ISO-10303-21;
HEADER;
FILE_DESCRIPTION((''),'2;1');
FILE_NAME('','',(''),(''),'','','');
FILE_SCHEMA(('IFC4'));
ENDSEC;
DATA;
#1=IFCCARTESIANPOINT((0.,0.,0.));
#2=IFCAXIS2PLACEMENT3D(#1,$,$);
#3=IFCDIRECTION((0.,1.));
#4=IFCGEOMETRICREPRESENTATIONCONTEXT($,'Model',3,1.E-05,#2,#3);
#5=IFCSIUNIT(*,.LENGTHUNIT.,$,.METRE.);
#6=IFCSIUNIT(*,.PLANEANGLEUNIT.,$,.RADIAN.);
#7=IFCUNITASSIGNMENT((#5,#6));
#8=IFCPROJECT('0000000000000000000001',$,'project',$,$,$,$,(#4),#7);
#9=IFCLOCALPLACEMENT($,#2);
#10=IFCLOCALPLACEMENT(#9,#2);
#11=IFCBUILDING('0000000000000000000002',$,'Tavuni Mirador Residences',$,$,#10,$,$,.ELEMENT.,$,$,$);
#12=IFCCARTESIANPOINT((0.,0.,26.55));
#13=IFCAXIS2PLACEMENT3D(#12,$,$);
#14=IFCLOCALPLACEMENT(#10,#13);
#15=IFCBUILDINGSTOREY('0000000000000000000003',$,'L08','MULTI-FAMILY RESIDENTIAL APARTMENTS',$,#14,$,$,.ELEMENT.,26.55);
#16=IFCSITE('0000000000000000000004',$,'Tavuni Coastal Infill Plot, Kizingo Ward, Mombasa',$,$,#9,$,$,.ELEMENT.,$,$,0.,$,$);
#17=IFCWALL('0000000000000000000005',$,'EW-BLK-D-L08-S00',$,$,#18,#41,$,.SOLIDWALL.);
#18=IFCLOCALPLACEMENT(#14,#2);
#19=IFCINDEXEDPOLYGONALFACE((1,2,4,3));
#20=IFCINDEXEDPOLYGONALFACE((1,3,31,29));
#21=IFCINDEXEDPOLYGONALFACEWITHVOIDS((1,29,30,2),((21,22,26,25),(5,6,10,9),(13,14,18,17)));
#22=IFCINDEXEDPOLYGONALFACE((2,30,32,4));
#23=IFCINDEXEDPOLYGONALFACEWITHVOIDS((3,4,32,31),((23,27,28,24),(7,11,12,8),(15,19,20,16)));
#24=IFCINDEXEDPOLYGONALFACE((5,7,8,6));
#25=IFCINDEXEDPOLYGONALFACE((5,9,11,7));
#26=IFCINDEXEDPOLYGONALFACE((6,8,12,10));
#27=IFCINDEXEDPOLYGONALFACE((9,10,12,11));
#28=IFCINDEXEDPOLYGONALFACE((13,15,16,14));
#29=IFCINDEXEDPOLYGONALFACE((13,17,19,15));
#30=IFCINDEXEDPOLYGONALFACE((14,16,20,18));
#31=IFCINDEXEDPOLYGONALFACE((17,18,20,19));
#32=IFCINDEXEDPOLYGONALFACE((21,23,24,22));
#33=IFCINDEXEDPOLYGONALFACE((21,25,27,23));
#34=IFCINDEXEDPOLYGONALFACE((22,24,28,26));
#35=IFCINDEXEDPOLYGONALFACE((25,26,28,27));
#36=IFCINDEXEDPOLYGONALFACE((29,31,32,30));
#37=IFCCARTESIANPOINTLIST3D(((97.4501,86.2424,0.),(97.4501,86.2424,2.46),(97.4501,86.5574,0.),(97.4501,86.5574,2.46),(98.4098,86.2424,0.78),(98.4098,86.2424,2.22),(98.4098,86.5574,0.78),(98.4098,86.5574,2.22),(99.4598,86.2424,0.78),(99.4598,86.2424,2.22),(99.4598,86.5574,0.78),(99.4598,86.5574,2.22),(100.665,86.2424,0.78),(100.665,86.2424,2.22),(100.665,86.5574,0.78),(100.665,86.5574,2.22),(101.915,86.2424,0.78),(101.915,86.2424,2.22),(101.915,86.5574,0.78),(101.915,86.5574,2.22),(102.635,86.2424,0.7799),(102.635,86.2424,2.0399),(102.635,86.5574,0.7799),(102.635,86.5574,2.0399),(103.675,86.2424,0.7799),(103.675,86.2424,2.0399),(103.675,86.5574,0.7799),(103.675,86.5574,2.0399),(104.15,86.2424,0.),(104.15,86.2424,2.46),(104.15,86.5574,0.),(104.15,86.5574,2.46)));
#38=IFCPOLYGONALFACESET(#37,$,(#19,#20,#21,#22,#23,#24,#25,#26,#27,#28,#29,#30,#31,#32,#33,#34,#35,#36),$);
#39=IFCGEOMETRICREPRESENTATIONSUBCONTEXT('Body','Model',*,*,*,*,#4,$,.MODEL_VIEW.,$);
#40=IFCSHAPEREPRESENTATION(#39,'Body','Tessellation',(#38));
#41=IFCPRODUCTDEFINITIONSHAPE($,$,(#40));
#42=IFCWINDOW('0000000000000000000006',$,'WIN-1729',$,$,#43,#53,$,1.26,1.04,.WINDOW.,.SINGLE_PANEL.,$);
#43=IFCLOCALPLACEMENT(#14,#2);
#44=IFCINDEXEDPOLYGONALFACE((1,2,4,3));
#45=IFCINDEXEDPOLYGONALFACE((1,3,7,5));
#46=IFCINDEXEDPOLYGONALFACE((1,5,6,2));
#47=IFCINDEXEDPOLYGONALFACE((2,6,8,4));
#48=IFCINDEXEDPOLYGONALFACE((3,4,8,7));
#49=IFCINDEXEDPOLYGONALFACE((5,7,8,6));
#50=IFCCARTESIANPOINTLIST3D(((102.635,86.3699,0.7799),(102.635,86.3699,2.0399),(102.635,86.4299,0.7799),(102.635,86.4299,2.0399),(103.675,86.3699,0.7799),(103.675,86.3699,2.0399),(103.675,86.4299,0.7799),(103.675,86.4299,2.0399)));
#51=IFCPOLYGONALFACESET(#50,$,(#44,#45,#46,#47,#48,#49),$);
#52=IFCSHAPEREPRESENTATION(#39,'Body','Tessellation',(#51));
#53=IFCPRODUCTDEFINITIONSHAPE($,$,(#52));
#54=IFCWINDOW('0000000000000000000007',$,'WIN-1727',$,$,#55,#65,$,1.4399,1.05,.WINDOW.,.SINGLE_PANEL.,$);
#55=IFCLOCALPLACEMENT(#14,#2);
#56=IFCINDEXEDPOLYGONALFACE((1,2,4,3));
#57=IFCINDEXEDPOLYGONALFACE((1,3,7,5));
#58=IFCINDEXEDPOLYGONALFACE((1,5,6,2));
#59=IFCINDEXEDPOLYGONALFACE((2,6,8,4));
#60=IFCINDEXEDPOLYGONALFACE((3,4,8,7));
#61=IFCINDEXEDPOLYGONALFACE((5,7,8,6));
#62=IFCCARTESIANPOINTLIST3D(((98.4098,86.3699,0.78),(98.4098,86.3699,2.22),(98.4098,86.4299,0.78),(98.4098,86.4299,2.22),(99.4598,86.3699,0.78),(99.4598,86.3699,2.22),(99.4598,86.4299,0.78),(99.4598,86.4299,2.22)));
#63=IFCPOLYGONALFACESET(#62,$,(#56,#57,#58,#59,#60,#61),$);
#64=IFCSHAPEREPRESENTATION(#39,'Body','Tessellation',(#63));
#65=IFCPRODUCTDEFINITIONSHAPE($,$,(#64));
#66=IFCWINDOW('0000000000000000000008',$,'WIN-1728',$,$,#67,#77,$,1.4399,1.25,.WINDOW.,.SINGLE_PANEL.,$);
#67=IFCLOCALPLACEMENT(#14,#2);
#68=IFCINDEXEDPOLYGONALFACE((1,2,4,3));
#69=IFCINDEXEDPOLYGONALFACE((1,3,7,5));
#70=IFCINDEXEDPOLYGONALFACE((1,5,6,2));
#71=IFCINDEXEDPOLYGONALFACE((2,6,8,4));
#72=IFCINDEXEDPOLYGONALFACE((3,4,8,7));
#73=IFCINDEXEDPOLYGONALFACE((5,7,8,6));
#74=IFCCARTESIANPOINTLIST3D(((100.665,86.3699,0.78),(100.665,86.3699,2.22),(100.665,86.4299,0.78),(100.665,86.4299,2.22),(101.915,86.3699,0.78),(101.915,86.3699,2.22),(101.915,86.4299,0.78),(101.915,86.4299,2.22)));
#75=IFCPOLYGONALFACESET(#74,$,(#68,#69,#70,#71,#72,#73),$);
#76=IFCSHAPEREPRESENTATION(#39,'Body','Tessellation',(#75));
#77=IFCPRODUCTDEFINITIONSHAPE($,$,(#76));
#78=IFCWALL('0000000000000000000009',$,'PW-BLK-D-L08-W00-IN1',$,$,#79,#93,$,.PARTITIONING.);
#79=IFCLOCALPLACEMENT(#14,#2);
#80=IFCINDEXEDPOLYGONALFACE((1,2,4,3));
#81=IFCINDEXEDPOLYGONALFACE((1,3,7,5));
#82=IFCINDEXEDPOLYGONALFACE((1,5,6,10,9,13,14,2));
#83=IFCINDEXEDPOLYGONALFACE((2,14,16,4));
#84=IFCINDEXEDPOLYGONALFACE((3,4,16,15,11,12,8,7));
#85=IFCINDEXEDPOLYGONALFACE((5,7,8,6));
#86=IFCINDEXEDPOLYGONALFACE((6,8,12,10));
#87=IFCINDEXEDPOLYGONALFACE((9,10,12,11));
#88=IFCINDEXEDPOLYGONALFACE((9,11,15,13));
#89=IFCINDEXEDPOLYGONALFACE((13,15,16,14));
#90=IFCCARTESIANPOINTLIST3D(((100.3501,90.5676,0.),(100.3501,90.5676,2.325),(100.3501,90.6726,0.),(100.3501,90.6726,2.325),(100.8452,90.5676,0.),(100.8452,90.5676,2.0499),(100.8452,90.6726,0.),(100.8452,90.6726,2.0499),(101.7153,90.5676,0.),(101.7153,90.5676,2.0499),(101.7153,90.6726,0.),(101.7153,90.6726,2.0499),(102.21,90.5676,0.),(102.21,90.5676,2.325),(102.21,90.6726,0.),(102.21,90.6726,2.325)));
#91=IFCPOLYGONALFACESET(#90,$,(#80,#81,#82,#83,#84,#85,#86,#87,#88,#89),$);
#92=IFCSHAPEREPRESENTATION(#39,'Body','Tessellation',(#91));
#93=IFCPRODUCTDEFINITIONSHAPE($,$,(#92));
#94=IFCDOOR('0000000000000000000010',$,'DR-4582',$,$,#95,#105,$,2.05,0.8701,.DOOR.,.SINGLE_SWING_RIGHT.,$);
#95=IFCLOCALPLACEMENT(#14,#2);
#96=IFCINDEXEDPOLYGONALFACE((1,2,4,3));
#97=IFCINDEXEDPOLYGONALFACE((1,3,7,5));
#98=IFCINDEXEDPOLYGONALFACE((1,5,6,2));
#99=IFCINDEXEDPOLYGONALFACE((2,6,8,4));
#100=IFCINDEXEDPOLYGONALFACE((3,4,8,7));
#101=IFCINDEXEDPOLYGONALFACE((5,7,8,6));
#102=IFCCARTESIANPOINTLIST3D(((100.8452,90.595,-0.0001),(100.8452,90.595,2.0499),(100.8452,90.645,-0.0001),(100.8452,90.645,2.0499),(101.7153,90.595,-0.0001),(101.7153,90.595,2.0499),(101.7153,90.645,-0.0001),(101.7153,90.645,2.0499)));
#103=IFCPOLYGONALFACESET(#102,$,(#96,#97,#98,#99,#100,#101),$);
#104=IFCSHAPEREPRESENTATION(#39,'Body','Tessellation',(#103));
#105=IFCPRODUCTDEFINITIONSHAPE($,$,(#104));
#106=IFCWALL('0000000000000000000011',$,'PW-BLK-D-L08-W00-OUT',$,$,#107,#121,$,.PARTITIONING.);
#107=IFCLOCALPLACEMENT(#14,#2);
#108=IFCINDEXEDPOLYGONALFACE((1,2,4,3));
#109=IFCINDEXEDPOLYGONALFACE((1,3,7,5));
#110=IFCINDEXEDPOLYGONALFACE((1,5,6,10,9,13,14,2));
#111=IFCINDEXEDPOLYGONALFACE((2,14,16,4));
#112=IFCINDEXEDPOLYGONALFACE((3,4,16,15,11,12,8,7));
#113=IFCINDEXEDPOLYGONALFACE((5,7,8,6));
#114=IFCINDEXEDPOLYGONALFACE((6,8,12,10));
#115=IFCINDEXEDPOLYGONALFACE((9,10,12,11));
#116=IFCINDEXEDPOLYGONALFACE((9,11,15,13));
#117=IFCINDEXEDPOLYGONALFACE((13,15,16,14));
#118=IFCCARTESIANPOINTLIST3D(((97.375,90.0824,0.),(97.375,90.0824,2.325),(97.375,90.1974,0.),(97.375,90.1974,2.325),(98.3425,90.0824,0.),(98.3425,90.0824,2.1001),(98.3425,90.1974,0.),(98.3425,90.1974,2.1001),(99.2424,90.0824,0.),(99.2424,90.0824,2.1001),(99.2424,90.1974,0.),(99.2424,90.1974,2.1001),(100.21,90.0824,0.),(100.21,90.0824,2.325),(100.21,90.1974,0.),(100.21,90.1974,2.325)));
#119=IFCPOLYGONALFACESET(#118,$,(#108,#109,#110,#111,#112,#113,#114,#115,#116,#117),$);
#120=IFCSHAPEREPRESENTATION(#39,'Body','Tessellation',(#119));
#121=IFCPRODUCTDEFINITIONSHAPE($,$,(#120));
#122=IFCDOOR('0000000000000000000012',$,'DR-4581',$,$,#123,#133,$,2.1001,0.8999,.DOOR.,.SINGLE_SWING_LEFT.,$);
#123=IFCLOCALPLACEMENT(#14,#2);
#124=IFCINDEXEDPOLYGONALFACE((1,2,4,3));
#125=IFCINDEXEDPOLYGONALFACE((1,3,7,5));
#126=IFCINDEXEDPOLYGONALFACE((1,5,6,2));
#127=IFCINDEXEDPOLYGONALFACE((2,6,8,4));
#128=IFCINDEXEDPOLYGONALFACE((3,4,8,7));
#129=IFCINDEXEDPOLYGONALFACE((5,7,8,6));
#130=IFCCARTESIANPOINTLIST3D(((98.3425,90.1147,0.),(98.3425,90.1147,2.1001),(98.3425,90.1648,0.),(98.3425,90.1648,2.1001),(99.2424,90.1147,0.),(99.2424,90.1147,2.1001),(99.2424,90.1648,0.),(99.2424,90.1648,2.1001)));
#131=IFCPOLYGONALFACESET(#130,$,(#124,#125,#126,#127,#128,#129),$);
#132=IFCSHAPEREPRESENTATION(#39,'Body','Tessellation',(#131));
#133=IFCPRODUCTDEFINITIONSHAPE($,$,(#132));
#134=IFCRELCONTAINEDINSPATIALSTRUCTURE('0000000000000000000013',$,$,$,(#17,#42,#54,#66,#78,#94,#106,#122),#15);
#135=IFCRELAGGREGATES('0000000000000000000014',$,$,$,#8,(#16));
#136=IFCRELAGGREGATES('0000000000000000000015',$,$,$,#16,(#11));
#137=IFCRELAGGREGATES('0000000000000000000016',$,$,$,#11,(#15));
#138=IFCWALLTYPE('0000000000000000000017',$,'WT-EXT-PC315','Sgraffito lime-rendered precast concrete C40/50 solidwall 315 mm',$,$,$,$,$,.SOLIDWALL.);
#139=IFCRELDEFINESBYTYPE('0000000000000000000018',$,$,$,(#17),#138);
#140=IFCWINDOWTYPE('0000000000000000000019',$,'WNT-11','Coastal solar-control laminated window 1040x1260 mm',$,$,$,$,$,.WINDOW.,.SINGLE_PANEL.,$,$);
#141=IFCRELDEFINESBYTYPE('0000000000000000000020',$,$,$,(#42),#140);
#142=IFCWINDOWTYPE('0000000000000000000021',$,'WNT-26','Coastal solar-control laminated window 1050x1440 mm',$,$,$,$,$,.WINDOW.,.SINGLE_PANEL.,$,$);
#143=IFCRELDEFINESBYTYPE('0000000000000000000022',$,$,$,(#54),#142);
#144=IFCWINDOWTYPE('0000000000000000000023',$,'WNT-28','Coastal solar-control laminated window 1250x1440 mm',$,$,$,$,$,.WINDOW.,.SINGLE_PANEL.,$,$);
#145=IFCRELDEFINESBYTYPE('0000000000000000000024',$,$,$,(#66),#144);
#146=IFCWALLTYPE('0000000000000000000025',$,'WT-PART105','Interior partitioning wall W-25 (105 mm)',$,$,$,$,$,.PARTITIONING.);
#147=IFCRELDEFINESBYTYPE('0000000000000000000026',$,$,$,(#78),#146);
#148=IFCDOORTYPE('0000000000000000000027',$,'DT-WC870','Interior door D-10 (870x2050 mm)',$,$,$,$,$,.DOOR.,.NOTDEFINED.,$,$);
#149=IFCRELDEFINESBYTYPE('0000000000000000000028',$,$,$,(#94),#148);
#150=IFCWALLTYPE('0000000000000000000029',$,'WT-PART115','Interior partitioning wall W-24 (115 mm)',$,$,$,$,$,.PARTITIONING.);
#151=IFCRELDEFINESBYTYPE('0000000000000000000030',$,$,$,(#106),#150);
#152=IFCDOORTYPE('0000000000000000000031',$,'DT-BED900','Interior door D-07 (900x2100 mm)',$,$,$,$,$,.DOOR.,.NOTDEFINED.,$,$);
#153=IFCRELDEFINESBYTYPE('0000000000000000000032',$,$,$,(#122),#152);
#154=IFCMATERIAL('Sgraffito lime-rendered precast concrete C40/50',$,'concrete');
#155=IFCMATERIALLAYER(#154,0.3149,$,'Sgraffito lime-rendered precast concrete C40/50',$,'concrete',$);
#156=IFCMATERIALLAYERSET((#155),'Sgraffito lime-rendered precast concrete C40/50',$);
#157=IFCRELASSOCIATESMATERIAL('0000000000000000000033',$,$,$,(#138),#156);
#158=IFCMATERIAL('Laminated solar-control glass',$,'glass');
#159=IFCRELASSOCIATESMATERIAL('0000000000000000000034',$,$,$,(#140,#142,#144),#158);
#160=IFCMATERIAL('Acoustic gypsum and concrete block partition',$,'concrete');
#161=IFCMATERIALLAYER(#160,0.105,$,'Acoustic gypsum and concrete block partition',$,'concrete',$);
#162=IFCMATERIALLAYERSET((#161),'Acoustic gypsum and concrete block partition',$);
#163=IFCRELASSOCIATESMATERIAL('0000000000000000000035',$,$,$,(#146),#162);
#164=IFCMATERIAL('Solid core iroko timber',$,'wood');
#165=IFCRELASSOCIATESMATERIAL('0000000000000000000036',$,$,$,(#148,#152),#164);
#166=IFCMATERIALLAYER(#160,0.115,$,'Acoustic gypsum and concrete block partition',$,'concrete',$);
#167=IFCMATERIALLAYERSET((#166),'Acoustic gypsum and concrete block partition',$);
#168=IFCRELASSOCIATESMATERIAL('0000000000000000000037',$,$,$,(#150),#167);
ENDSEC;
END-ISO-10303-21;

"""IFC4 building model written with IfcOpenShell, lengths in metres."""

from ifc_helpers import new_model, si_unit, direction, frame, frame_2d, origin, place, context, subcontext, project, spatial, rectangle, extrude, material, layer, layer_set, type_object, element, fill, save


model = new_model("IFC4")

# Units and contexts
model_context = context("Model", 3, precision=1e-05, world=origin(), true_north=direction((0.0, 1.0)))
body_context = subcontext(model_context, "Body", "Model", "MODEL_VIEW")
ifc_project = project(units=[si_unit("LENGTHUNIT", "METRE"), si_unit("PLANEANGLEUNIT", "RADIAN")], contexts=[model_context])

# Site, building, storey
site_placement = place(None, origin())
site = spatial("IfcSite", under=ifc_project, at=site_placement, Name="Tavuni Coastal Infill Plot, Kizingo Ward, Mombasa", CompositionType="ELEMENT", RefElevation=0.0)
building_placement = place(site_placement, origin())
building = spatial("IfcBuilding", under=site, at=building_placement, Name="Tavuni Mirador Residences", CompositionType="ELEMENT")
storey_placement = place(building_placement, frame((0.0, 0.0, 26.55)))
storey = spatial("IfcBuildingStorey", under=building, at=storey_placement, Name="L08", Description="MULTI-FAMILY RESIDENTIAL APARTMENTS", CompositionType="ELEMENT", Elevation=26.55)

# Shared definitions
ifc_material_1 = material(Name="Solid core iroko timber", Category="wood")

# Wall, openings, windows
ifc_material_2 = material(Name="Sgraffito lime-rendered precast concrete C40/50", Category="concrete")
ifc_layer_1 = layer(ifc_material_2, 0.3149, Name="Sgraffito lime-rendered precast concrete C40/50", Category="concrete")
ifc_layer_set_1 = layer_set([ifc_layer_1], Name="Sgraffito lime-rendered precast concrete C40/50")
wall_type_1 = type_object("IfcWallType", Name="WT-EXT-PC315", Description="Sgraffito lime-rendered precast concrete C40/50 solidwall 315 mm", PredefinedType="SOLIDWALL", material=ifc_layer_set_1)
wall_1_placement = place(storey_placement, frame((97.45, 86.3999, 0.0), z_axis=(0.0, 0.0, 1.0), x_axis=(1.0, 0.0, 0.0)))
wall_1 = element("IfcWall", 1, at=wall_1_placement, inside=storey, type_object=wall_type_1, Name="EW-BLK-D-L08-S00", PredefinedType="SOLIDWALL", context=body_context, shape_type="SweptSolid", body=[
    extrude(rectangle(XDim=6.7, YDim=0.3149, at=frame_2d((3.3501, 0.0))), origin(), (0.0, 0.0, 1.0), 2.46),
])
opening_1_placement = place(wall_1_placement, frame((0.96, 0.0, 0.78)))
opening_1 = element("IfcOpeningElement", 2, at=opening_1_placement, cuts=wall_1, PredefinedType="OPENING", context=body_context, shape_type="SweptSolid", body=[
    extrude(rectangle(XDim=1.05, YDim=1.4399, at=frame_2d((0.5249, 0.72))), frame((0.0, 0.1675, 0.0), z_axis=(0.0, -1.0, 0.0), x_axis=(1.0, 0.0, 0.0)), (0.0, 0.0, 1.0), 0.335),
])
opening_2_placement = place(wall_1_placement, frame((3.2151, 0.0, 0.78)))
opening_2 = element("IfcOpeningElement", 3, at=opening_2_placement, cuts=wall_1, PredefinedType="OPENING", context=body_context, shape_type="SweptSolid", body=[
    extrude(rectangle(XDim=1.25, YDim=1.4399, at=frame_2d((0.625, 0.72))), frame((0.0, 0.1675, 0.0), z_axis=(0.0, -1.0, 0.0), x_axis=(1.0, 0.0, 0.0)), (0.0, 0.0, 1.0), 0.335),
])
opening_3_placement = place(wall_1_placement, frame((5.1851, 0.0, 0.78)))
opening_3 = element("IfcOpeningElement", 4, at=opening_3_placement, cuts=wall_1, PredefinedType="OPENING", context=body_context, shape_type="SweptSolid", body=[
    extrude(rectangle(XDim=1.04, YDim=1.26, at=frame_2d((0.52, 0.6299))), frame((0.0, 0.1675, 0.0), z_axis=(0.0, -1.0, 0.0), x_axis=(1.0, 0.0, 0.0)), (0.0, 0.0, 1.0), 0.335),
])
ifc_material_3 = material(Name="Laminated solar-control glass", Category="glass")
window_type_1 = type_object("IfcWindowType", Name="WNT-11", Description="Coastal solar-control laminated window 1040x1260 mm", PartitioningType="SINGLE_PANEL", PredefinedType="WINDOW", material=ifc_material_3)
window_1_placement = place(opening_3_placement, origin())
window_1 = element("IfcWindow", 5, at=window_1_placement, inside=storey, type_object=window_type_1, Name="WIN-1729", OverallHeight=1.26, OverallWidth=1.04, PartitioningType="SINGLE_PANEL", PredefinedType="WINDOW", context=body_context, shape_type="SweptSolid", body=[
    extrude(rectangle(XDim=1.04, YDim=1.26, at=frame_2d((0.52, 0.6299))), frame((0.0, 0.03, 0.0), z_axis=(0.0, -1.0, 0.0), x_axis=(1.0, 0.0, 0.0)), (0.0, 0.0, 1.0), 0.0601),
])
fill(opening_3, window_1)
window_type_2 = type_object("IfcWindowType", Name="WNT-26", Description="Coastal solar-control laminated window 1050x1440 mm", PartitioningType="SINGLE_PANEL", PredefinedType="WINDOW", material=ifc_material_3)
window_2_placement = place(opening_1_placement, origin())
window_2 = element("IfcWindow", 6, at=window_2_placement, inside=storey, type_object=window_type_2, Name="WIN-1727", OverallHeight=1.4399, OverallWidth=1.05, PartitioningType="SINGLE_PANEL", PredefinedType="WINDOW", context=body_context, shape_type="SweptSolid", body=[
    extrude(rectangle(XDim=1.05, YDim=1.4399, at=frame_2d((0.5249, 0.72))), frame((0.0, 0.03, 0.0), z_axis=(0.0, -1.0, 0.0), x_axis=(1.0, 0.0, 0.0)), (0.0, 0.0, 1.0), 0.0601),
])
fill(opening_1, window_2)
window_type_3 = type_object("IfcWindowType", Name="WNT-28", Description="Coastal solar-control laminated window 1250x1440 mm", PartitioningType="SINGLE_PANEL", PredefinedType="WINDOW", material=ifc_material_3)
window_3_placement = place(opening_2_placement, origin())
window_3 = element("IfcWindow", 7, at=window_3_placement, inside=storey, type_object=window_type_3, Name="WIN-1728", OverallHeight=1.4399, OverallWidth=1.25, PartitioningType="SINGLE_PANEL", PredefinedType="WINDOW", context=body_context, shape_type="SweptSolid", body=[
    extrude(rectangle(XDim=1.25, YDim=1.4399, at=frame_2d((0.625, 0.72))), frame((0.0, 0.03, 0.0), z_axis=(0.0, -1.0, 0.0), x_axis=(1.0, 0.0, 0.0)), (0.0, 0.0, 1.0), 0.0601),
])
fill(opening_2, window_3)

# Walls, openings, doors
ifc_material_4 = material(Name="Acoustic gypsum and concrete block partition", Category="concrete")
ifc_layer_2 = layer(ifc_material_4, 0.105, Name="Acoustic gypsum and concrete block partition", Category="concrete")
ifc_layer_set_2 = layer_set([ifc_layer_2], Name="Acoustic gypsum and concrete block partition")
wall_type_2 = type_object("IfcWallType", Name="WT-PART105", Description="Interior partitioning wall W-25 (105 mm)", PredefinedType="PARTITIONING", material=ifc_layer_set_2)
wall_2_placement = place(storey_placement, frame((100.3501, 90.6201, 0.0), z_axis=(0.0, 0.0, 1.0), x_axis=(1.0, 0.0, 0.0)))
wall_2 = element("IfcWall", 8, at=wall_2_placement, inside=storey, type_object=wall_type_2, Name="PW-BLK-D-L08-W00-IN1", PredefinedType="PARTITIONING", context=body_context, shape_type="SweptSolid", body=[
    extrude(rectangle(XDim=1.8599, YDim=0.105, at=frame_2d((0.9299, 0.0))), origin(), (0.0, 0.0, 1.0), 2.325),
])
opening_4_placement = place(wall_2_placement, frame((0.4951, 0.0, 0.0)))
opening_4 = element("IfcOpeningElement", 9, at=opening_4_placement, cuts=wall_2, PredefinedType="OPENING", context=body_context, shape_type="SweptSolid", body=[
    extrude(rectangle(XDim=0.8701, YDim=2.05, at=frame_2d((0.4351, 1.0249))), frame((0.0, 0.0625, 0.0), z_axis=(0.0, -1.0, 0.0), x_axis=(1.0, 0.0, 0.0)), (0.0, 0.0, 1.0), 0.125),
])
door_type_1 = type_object("IfcDoorType", Name="DT-WC870", Description="Interior door D-10 (870x2050 mm)", OperationType="NOTDEFINED", PredefinedType="DOOR", material=ifc_material_1)
door_1_placement = place(opening_4_placement, origin())
door_1 = element("IfcDoor", 10, at=door_1_placement, inside=storey, type_object=door_type_1, Name="DR-4582", OperationType="SINGLE_SWING_RIGHT", OverallHeight=2.05, OverallWidth=0.8701, PredefinedType="DOOR", context=body_context, shape_type="SweptSolid", body=[
    extrude(rectangle(XDim=0.8701, YDim=2.05, at=frame_2d((0.4351, 1.0249))), frame((0.0, 0.0249, 0.0), z_axis=(0.0, -1.0, 0.0), x_axis=(1.0, 0.0, 0.0)), (0.0, 0.0, 1.0), 0.05),
])
fill(opening_4, door_1)
ifc_layer_3 = layer(ifc_material_4, 0.115, Name="Acoustic gypsum and concrete block partition", Category="concrete")
ifc_layer_set_3 = layer_set([ifc_layer_3], Name="Acoustic gypsum and concrete block partition")
wall_type_3 = type_object("IfcWallType", Name="WT-PART115", Description="Interior partitioning wall W-24 (115 mm)", PredefinedType="PARTITIONING", material=ifc_layer_set_3)
wall_3_placement = place(storey_placement, frame((97.375, 90.1399, 0.0), z_axis=(0.0, 0.0, 1.0), x_axis=(1.0, 0.0, 0.0)))
wall_3 = element("IfcWall", 11, at=wall_3_placement, inside=storey, type_object=wall_type_3, Name="PW-BLK-D-L08-W00-OUT", PredefinedType="PARTITIONING", context=body_context, shape_type="SweptSolid", body=[
    extrude(rectangle(XDim=2.835, YDim=0.115, at=frame_2d((1.4175, 0.0))), origin(), (0.0, 0.0, 1.0), 2.325),
])
opening_5_placement = place(wall_3_placement, frame((0.9675, 0.0, 0.0)))
opening_5 = element("IfcOpeningElement", 12, at=opening_5_placement, cuts=wall_3, PredefinedType="OPENING", context=body_context, shape_type="SweptSolid", body=[
    extrude(rectangle(XDim=0.8999, YDim=2.1001, at=frame_2d((0.45, 1.05))), frame((0.0, 0.0674, 0.0), z_axis=(0.0, -1.0, 0.0), x_axis=(1.0, 0.0, 0.0)), (0.0, 0.0, 1.0), 0.135),
])
door_type_2 = type_object("IfcDoorType", Name="DT-BED900", Description="Interior door D-07 (900x2100 mm)", OperationType="NOTDEFINED", PredefinedType="DOOR", material=ifc_material_1)
door_2_placement = place(opening_5_placement, origin())
door_2 = element("IfcDoor", 13, at=door_2_placement, inside=storey, type_object=door_type_2, Name="DR-4581", OperationType="SINGLE_SWING_LEFT", OverallHeight=2.1001, OverallWidth=0.8999, PredefinedType="DOOR", context=body_context, shape_type="SweptSolid", body=[
    extrude(rectangle(XDim=0.8999, YDim=2.1001, at=frame_2d((0.45, 1.05))), frame((0.0, 0.0249, 0.0), z_axis=(0.0, -1.0, 0.0), x_axis=(1.0, 0.0, 0.0)), (0.0, 0.0, 1.0), 0.05),
])
fill(opening_5, door_2)

save(model, "model.ifc")
